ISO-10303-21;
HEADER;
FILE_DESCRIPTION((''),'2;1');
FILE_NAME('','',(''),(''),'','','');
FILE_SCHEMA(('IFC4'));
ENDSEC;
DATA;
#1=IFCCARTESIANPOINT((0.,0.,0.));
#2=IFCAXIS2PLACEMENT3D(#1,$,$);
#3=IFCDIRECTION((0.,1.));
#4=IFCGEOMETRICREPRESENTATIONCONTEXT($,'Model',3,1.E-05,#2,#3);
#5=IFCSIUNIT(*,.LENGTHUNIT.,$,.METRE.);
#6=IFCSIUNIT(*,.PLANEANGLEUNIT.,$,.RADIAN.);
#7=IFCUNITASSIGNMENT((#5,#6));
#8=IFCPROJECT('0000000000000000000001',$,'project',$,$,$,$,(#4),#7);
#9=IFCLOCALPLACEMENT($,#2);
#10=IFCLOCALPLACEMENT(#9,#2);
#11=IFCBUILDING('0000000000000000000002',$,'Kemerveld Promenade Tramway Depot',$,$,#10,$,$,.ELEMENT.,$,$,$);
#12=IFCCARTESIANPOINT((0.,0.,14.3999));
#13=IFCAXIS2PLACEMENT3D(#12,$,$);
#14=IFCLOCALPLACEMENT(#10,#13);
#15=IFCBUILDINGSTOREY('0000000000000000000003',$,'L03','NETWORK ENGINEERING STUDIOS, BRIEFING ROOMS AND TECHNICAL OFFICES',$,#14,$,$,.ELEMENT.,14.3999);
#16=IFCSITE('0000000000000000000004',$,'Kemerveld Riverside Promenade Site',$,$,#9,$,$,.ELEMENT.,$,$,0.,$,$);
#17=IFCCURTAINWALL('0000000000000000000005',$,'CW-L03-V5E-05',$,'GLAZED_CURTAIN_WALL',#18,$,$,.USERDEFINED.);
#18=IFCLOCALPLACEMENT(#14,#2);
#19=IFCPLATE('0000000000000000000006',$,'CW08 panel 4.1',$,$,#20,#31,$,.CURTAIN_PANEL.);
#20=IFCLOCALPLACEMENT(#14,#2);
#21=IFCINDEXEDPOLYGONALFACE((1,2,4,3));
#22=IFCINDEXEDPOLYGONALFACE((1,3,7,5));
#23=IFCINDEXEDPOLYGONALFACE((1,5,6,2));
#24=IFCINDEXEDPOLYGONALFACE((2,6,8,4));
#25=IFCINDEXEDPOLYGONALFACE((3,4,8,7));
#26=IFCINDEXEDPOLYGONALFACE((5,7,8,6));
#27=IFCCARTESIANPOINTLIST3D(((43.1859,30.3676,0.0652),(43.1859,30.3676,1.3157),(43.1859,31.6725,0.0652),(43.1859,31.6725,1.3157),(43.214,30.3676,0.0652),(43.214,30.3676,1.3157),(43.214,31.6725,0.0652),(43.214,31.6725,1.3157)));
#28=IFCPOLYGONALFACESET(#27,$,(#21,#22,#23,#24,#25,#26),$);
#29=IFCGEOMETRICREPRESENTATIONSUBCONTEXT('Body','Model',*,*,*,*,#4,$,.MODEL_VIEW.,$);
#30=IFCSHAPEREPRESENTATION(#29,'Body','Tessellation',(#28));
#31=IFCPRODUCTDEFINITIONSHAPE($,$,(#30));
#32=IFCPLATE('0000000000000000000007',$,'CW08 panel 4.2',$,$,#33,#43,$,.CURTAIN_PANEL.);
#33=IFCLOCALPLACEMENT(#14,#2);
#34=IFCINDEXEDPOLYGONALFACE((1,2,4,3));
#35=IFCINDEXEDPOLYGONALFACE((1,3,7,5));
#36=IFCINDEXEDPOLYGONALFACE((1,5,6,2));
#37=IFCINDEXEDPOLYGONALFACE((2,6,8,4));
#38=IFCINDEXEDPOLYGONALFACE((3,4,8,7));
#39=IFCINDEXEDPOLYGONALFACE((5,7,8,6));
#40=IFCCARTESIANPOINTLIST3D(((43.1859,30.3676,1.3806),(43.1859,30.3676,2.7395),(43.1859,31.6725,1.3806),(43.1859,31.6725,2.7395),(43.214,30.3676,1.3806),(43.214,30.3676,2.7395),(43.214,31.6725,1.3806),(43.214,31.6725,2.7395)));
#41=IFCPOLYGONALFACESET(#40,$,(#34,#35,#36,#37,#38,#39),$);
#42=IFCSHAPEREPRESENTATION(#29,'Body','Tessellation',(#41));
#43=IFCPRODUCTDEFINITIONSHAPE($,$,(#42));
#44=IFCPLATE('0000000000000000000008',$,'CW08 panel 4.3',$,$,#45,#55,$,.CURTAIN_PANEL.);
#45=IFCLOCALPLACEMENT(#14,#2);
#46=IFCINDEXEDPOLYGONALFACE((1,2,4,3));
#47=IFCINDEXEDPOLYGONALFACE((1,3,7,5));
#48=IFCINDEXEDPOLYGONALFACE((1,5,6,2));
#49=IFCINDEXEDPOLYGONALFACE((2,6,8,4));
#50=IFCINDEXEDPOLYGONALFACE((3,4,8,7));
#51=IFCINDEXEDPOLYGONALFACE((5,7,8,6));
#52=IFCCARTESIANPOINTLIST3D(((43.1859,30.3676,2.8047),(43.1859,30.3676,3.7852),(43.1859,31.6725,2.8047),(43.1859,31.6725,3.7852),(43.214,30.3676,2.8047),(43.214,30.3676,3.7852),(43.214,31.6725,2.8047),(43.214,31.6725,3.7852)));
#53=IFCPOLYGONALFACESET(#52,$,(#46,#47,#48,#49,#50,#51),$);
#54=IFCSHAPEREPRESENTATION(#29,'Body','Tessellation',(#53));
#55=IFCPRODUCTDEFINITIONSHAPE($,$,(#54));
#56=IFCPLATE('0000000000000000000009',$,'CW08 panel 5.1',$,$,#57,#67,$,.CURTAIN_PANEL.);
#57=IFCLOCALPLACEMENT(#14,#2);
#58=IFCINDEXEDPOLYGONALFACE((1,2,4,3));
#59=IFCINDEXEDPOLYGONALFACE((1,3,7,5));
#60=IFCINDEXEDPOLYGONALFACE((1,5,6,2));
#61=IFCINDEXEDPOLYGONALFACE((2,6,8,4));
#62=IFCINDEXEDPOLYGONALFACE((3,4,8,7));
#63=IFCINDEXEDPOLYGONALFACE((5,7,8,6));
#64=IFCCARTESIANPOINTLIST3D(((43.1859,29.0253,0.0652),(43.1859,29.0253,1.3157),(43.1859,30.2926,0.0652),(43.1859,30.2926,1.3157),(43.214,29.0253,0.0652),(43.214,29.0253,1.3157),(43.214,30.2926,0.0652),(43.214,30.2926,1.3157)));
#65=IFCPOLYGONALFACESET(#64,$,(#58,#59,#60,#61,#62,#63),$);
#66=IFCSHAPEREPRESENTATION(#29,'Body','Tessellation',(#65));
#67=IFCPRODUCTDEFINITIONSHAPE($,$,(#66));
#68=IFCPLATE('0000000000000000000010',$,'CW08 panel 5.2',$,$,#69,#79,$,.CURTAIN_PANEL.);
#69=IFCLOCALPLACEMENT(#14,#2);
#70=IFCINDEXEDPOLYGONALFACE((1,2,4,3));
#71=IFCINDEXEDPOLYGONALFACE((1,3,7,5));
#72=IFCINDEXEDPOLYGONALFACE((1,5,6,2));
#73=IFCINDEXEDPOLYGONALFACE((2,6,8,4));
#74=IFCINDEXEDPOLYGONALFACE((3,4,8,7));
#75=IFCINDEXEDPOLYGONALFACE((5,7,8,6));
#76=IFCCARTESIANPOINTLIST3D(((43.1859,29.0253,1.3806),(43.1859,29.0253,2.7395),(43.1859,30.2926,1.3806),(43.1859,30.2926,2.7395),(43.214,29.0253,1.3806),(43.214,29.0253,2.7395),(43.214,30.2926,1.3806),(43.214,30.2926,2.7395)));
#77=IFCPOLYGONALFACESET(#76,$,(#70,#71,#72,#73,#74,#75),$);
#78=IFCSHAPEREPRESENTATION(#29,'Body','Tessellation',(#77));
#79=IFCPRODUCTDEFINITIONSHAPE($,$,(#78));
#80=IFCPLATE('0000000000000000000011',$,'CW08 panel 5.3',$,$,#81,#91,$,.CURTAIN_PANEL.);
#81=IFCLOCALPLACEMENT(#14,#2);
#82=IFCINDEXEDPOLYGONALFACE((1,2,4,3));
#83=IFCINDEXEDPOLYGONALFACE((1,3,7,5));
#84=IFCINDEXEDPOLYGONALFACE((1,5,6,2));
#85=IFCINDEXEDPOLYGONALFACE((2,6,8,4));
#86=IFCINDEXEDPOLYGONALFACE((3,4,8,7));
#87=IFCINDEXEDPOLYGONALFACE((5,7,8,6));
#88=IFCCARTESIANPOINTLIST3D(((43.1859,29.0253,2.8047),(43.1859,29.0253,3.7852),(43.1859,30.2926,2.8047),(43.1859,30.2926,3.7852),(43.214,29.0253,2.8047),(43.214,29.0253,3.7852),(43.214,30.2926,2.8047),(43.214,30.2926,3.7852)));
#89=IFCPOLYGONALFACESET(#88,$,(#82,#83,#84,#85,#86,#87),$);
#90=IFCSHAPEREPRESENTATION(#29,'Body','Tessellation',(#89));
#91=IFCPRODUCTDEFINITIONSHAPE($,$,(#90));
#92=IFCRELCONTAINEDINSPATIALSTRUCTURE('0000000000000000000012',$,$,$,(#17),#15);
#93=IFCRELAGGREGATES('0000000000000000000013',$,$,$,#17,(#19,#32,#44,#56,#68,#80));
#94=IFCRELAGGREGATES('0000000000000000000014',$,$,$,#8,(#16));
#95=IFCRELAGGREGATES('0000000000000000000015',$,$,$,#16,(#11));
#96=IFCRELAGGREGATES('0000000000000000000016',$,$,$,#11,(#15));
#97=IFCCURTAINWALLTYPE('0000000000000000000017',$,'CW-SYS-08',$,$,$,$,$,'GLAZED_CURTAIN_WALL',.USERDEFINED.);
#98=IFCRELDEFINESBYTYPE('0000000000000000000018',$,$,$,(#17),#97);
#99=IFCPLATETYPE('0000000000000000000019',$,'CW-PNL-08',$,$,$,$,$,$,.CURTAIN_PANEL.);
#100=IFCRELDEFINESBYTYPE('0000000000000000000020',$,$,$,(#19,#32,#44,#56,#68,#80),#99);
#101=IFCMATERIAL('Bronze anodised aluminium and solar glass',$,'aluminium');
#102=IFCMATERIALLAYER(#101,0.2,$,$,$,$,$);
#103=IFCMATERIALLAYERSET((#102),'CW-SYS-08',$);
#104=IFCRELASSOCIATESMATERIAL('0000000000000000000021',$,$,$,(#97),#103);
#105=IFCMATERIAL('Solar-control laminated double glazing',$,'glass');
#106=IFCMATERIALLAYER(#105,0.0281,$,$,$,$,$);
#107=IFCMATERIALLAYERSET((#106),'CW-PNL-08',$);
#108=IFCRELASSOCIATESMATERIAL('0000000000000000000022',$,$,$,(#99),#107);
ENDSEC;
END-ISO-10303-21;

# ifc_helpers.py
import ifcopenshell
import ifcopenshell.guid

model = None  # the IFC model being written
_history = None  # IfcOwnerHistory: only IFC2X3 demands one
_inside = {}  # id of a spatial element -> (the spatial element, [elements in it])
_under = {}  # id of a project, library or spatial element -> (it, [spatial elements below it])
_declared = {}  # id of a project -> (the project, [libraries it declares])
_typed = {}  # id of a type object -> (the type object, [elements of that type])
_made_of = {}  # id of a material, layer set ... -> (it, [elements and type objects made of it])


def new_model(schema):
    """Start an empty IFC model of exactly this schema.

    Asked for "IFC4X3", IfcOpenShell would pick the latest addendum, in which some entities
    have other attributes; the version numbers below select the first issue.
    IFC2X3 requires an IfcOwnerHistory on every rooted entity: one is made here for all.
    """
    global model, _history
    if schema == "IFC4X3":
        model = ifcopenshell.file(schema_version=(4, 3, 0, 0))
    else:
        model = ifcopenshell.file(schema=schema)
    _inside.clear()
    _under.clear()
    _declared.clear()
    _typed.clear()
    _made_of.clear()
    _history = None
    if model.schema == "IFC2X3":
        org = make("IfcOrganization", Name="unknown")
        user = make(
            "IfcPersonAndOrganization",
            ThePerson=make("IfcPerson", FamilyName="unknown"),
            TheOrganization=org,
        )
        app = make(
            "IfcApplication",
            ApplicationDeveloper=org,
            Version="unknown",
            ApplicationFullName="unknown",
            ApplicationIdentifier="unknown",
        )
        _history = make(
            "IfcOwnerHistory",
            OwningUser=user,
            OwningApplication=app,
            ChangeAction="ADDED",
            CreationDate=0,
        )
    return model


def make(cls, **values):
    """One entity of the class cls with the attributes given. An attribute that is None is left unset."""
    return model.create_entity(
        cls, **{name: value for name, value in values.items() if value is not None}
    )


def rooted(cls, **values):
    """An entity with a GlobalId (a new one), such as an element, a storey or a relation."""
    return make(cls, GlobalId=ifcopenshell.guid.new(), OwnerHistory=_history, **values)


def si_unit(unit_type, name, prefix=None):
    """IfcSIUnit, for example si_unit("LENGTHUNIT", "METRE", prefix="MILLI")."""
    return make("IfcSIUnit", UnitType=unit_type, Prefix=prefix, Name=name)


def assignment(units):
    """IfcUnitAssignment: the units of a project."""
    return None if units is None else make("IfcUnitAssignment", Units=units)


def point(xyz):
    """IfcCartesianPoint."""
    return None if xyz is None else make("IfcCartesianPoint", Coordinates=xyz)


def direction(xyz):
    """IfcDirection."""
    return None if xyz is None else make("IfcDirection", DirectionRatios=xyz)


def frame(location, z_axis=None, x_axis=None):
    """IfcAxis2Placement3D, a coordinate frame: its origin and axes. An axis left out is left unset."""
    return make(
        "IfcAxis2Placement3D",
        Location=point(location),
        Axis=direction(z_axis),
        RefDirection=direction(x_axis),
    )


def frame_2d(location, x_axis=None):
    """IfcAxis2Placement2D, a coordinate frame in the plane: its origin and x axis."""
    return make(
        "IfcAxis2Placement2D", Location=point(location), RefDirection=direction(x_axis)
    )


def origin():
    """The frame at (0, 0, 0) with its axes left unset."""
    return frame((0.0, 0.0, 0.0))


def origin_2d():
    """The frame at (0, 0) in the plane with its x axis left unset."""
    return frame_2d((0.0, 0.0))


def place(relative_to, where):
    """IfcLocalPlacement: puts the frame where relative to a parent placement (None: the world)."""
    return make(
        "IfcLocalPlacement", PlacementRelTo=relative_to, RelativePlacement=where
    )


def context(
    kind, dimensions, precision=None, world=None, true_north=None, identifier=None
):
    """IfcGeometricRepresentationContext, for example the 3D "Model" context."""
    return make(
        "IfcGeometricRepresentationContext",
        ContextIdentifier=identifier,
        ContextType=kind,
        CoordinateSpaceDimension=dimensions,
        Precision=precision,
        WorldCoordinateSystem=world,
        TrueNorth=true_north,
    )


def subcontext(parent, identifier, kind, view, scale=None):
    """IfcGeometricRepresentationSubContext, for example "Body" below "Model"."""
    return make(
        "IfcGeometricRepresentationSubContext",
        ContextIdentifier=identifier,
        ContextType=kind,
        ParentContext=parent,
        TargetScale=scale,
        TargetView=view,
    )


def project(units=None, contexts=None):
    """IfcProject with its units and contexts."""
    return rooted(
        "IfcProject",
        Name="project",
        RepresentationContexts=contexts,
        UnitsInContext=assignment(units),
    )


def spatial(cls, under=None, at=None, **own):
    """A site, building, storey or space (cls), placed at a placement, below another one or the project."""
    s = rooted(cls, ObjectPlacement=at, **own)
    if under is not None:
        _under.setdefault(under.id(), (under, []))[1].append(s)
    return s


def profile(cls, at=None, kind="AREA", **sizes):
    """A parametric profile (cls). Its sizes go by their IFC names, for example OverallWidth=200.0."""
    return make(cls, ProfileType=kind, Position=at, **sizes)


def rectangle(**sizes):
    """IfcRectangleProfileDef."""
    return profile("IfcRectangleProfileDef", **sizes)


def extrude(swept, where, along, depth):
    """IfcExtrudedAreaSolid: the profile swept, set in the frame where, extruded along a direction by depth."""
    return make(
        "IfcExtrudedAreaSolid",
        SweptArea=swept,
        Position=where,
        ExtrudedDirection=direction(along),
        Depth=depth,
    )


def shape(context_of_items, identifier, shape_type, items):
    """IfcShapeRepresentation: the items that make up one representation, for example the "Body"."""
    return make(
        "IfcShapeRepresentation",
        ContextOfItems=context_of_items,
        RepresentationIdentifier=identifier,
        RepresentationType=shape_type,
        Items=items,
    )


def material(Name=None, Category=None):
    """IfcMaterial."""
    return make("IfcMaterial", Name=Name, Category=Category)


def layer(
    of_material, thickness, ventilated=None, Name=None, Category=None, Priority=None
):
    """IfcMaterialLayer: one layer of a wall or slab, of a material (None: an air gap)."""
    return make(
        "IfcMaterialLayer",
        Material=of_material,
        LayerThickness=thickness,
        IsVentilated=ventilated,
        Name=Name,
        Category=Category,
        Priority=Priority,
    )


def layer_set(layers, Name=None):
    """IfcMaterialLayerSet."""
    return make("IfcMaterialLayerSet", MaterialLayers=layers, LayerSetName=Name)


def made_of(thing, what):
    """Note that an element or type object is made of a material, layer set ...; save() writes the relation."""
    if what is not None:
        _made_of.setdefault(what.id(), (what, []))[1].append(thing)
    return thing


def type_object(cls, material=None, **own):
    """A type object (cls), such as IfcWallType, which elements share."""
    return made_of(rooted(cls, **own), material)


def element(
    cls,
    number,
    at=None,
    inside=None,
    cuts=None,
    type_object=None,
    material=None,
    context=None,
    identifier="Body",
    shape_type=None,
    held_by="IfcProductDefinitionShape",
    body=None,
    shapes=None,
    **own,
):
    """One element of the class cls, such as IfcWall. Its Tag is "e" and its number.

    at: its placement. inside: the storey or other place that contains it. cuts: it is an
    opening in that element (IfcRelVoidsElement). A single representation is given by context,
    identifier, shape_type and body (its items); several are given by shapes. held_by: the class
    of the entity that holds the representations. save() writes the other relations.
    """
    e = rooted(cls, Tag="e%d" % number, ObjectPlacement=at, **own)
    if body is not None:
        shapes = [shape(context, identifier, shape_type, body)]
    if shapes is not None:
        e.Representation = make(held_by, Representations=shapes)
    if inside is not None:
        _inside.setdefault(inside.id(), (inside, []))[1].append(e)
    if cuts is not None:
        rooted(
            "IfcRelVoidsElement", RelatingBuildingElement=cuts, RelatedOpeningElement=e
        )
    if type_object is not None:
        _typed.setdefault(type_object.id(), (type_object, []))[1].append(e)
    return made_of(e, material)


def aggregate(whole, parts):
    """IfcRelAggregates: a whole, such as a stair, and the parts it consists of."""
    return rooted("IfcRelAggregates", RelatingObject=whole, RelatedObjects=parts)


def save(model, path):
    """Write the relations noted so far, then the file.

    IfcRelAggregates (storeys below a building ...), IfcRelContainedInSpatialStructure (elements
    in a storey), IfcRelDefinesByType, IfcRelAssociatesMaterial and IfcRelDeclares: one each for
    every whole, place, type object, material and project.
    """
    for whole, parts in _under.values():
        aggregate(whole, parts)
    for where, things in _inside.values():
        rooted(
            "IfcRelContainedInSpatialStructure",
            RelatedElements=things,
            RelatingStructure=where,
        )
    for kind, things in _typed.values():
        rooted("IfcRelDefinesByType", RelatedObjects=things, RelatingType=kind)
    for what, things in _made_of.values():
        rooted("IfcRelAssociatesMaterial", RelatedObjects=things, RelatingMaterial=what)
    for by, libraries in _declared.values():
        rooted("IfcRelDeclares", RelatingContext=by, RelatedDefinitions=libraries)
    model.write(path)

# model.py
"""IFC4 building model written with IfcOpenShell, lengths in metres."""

from ifc_helpers import new_model, si_unit, direction, frame, origin, origin_2d, place, context, subcontext, project, spatial, rectangle, extrude, material, layer, layer_set, type_object, element, aggregate, save


model = new_model("IFC4")

# Units and contexts
model_context = context("Model", 3, precision=1e-05, world=origin(), true_north=direction((0.0, 1.0)))
body_context = subcontext(model_context, "Body", "Model", "MODEL_VIEW")
ifc_project = project(units=[si_unit("LENGTHUNIT", "METRE"), si_unit("PLANEANGLEUNIT", "RADIAN")], contexts=[model_context])

# Site, building, storey
site_placement = place(None, origin())
site = spatial("IfcSite", under=ifc_project, at=site_placement, Name="Kemerveld Riverside Promenade Site", CompositionType="ELEMENT", RefElevation=0.0)
building_placement = place(site_placement, origin())
building = spatial("IfcBuilding", under=site, at=building_placement, Name="Kemerveld Promenade Tramway Depot", CompositionType="ELEMENT")
storey_placement = place(building_placement, frame((0.0, 0.0, 14.3999)))
storey = spatial("IfcBuildingStorey", under=building, at=storey_placement, Name="L03", Description="NETWORK ENGINEERING STUDIOS, BRIEFING ROOMS AND TECHNICAL OFFICES", CompositionType="ELEMENT", Elevation=14.3999)

# Curtain wall, plates
ifc_material_1 = material(Name="Bronze anodised aluminium and solar glass", Category="aluminium")
ifc_layer_1 = layer(ifc_material_1, 0.2)
ifc_layer_set_1 = layer_set([ifc_layer_1], Name="CW-SYS-08")
curtain_wall_type = type_object("IfcCurtainWallType", Name="CW-SYS-08", ElementType="GLAZED_CURTAIN_WALL", PredefinedType="USERDEFINED", material=ifc_layer_set_1)
curtain_wall_placement = place(storey_placement, origin())
curtain_wall = element("IfcCurtainWall", 1, at=curtain_wall_placement, inside=storey, type_object=curtain_wall_type, Name="CW-L03-V5E-05", ObjectType="GLAZED_CURTAIN_WALL", PredefinedType="USERDEFINED")
ifc_material_2 = material(Name="Solar-control laminated double glazing", Category="glass")
ifc_layer_2 = layer(ifc_material_2, 0.0281)
ifc_layer_set_2 = layer_set([ifc_layer_2], Name="CW-PNL-08")
plate_type = type_object("IfcPlateType", Name="CW-PNL-08", PredefinedType="CURTAIN_PANEL", material=ifc_layer_set_2)
plate_1_placement = place(storey_placement, frame((43.2, 31.02, 0.0652), z_axis=(0.0, 0.0, 1.0), x_axis=(0.0, -1.0, 0.0)))
plate_1 = element("IfcPlate", 2, at=plate_1_placement, type_object=plate_type, Name="CW08 panel 4.1", PredefinedType="CURTAIN_PANEL", context=body_context, shape_type="SweptSolid", body=[
    extrude(rectangle(XDim=1.3049, YDim=0.0281, at=origin_2d()), origin(), (0.0, 0.0, 1.0), 1.2505),
])
plate_2_placement = place(storey_placement, frame((43.2, 31.02, 1.3806), z_axis=(0.0, 0.0, 1.0), x_axis=(0.0, -1.0, 0.0)))
plate_2 = element("IfcPlate", 3, at=plate_2_placement, type_object=plate_type, Name="CW08 panel 4.2", PredefinedType="CURTAIN_PANEL", context=body_context, shape_type="SweptSolid", body=[
    extrude(rectangle(XDim=1.3049, YDim=0.0281, at=origin_2d()), origin(), (0.0, 0.0, 1.0), 1.3589),
])
plate_3_placement = place(storey_placement, frame((43.2, 31.02, 2.8047), z_axis=(0.0, 0.0, 1.0), x_axis=(0.0, -1.0, 0.0)))
plate_3 = element("IfcPlate", 4, at=plate_3_placement, type_object=plate_type, Name="CW08 panel 4.3", PredefinedType="CURTAIN_PANEL", context=body_context, shape_type="SweptSolid", body=[
    extrude(rectangle(XDim=1.3049, YDim=0.0281, at=origin_2d()), origin(), (0.0, 0.0, 1.0), 0.9805),
])
plate_4_placement = place(storey_placement, frame((43.2, 29.6589, 0.0652), z_axis=(0.0, 0.0, 1.0), x_axis=(0.0, -1.0, 0.0)))
plate_4 = element("IfcPlate", 5, at=plate_4_placement, type_object=plate_type, Name="CW08 panel 5.1", PredefinedType="CURTAIN_PANEL", context=body_context, shape_type="SweptSolid", body=[
    extrude(rectangle(XDim=1.2673, YDim=0.0281, at=origin_2d()), origin(), (0.0, 0.0, 1.0), 1.2505),
])
plate_5_placement = place(storey_placement, frame((43.2, 29.6589, 1.3806), z_axis=(0.0, 0.0, 1.0), x_axis=(0.0, -1.0, 0.0)))
plate_5 = element("IfcPlate", 6, at=plate_5_placement, type_object=plate_type, Name="CW08 panel 5.2", PredefinedType="CURTAIN_PANEL", context=body_context, shape_type="SweptSolid", body=[
    extrude(rectangle(XDim=1.2673, YDim=0.0281, at=origin_2d()), origin(), (0.0, 0.0, 1.0), 1.3589),
])
plate_6_placement = place(storey_placement, frame((43.2, 29.6589, 2.8047), z_axis=(0.0, 0.0, 1.0), x_axis=(0.0, -1.0, 0.0)))
plate_6 = element("IfcPlate", 7, at=plate_6_placement, type_object=plate_type, Name="CW08 panel 5.3", PredefinedType="CURTAIN_PANEL", context=body_context, shape_type="SweptSolid", body=[
    extrude(rectangle(XDim=1.2673, YDim=0.0281, at=origin_2d()), origin(), (0.0, 0.0, 1.0), 0.9805),
])
aggregate(curtain_wall, [plate_1, plate_2, plate_3, plate_4, plate_5, plate_6])

save(model, "model.ifc")
